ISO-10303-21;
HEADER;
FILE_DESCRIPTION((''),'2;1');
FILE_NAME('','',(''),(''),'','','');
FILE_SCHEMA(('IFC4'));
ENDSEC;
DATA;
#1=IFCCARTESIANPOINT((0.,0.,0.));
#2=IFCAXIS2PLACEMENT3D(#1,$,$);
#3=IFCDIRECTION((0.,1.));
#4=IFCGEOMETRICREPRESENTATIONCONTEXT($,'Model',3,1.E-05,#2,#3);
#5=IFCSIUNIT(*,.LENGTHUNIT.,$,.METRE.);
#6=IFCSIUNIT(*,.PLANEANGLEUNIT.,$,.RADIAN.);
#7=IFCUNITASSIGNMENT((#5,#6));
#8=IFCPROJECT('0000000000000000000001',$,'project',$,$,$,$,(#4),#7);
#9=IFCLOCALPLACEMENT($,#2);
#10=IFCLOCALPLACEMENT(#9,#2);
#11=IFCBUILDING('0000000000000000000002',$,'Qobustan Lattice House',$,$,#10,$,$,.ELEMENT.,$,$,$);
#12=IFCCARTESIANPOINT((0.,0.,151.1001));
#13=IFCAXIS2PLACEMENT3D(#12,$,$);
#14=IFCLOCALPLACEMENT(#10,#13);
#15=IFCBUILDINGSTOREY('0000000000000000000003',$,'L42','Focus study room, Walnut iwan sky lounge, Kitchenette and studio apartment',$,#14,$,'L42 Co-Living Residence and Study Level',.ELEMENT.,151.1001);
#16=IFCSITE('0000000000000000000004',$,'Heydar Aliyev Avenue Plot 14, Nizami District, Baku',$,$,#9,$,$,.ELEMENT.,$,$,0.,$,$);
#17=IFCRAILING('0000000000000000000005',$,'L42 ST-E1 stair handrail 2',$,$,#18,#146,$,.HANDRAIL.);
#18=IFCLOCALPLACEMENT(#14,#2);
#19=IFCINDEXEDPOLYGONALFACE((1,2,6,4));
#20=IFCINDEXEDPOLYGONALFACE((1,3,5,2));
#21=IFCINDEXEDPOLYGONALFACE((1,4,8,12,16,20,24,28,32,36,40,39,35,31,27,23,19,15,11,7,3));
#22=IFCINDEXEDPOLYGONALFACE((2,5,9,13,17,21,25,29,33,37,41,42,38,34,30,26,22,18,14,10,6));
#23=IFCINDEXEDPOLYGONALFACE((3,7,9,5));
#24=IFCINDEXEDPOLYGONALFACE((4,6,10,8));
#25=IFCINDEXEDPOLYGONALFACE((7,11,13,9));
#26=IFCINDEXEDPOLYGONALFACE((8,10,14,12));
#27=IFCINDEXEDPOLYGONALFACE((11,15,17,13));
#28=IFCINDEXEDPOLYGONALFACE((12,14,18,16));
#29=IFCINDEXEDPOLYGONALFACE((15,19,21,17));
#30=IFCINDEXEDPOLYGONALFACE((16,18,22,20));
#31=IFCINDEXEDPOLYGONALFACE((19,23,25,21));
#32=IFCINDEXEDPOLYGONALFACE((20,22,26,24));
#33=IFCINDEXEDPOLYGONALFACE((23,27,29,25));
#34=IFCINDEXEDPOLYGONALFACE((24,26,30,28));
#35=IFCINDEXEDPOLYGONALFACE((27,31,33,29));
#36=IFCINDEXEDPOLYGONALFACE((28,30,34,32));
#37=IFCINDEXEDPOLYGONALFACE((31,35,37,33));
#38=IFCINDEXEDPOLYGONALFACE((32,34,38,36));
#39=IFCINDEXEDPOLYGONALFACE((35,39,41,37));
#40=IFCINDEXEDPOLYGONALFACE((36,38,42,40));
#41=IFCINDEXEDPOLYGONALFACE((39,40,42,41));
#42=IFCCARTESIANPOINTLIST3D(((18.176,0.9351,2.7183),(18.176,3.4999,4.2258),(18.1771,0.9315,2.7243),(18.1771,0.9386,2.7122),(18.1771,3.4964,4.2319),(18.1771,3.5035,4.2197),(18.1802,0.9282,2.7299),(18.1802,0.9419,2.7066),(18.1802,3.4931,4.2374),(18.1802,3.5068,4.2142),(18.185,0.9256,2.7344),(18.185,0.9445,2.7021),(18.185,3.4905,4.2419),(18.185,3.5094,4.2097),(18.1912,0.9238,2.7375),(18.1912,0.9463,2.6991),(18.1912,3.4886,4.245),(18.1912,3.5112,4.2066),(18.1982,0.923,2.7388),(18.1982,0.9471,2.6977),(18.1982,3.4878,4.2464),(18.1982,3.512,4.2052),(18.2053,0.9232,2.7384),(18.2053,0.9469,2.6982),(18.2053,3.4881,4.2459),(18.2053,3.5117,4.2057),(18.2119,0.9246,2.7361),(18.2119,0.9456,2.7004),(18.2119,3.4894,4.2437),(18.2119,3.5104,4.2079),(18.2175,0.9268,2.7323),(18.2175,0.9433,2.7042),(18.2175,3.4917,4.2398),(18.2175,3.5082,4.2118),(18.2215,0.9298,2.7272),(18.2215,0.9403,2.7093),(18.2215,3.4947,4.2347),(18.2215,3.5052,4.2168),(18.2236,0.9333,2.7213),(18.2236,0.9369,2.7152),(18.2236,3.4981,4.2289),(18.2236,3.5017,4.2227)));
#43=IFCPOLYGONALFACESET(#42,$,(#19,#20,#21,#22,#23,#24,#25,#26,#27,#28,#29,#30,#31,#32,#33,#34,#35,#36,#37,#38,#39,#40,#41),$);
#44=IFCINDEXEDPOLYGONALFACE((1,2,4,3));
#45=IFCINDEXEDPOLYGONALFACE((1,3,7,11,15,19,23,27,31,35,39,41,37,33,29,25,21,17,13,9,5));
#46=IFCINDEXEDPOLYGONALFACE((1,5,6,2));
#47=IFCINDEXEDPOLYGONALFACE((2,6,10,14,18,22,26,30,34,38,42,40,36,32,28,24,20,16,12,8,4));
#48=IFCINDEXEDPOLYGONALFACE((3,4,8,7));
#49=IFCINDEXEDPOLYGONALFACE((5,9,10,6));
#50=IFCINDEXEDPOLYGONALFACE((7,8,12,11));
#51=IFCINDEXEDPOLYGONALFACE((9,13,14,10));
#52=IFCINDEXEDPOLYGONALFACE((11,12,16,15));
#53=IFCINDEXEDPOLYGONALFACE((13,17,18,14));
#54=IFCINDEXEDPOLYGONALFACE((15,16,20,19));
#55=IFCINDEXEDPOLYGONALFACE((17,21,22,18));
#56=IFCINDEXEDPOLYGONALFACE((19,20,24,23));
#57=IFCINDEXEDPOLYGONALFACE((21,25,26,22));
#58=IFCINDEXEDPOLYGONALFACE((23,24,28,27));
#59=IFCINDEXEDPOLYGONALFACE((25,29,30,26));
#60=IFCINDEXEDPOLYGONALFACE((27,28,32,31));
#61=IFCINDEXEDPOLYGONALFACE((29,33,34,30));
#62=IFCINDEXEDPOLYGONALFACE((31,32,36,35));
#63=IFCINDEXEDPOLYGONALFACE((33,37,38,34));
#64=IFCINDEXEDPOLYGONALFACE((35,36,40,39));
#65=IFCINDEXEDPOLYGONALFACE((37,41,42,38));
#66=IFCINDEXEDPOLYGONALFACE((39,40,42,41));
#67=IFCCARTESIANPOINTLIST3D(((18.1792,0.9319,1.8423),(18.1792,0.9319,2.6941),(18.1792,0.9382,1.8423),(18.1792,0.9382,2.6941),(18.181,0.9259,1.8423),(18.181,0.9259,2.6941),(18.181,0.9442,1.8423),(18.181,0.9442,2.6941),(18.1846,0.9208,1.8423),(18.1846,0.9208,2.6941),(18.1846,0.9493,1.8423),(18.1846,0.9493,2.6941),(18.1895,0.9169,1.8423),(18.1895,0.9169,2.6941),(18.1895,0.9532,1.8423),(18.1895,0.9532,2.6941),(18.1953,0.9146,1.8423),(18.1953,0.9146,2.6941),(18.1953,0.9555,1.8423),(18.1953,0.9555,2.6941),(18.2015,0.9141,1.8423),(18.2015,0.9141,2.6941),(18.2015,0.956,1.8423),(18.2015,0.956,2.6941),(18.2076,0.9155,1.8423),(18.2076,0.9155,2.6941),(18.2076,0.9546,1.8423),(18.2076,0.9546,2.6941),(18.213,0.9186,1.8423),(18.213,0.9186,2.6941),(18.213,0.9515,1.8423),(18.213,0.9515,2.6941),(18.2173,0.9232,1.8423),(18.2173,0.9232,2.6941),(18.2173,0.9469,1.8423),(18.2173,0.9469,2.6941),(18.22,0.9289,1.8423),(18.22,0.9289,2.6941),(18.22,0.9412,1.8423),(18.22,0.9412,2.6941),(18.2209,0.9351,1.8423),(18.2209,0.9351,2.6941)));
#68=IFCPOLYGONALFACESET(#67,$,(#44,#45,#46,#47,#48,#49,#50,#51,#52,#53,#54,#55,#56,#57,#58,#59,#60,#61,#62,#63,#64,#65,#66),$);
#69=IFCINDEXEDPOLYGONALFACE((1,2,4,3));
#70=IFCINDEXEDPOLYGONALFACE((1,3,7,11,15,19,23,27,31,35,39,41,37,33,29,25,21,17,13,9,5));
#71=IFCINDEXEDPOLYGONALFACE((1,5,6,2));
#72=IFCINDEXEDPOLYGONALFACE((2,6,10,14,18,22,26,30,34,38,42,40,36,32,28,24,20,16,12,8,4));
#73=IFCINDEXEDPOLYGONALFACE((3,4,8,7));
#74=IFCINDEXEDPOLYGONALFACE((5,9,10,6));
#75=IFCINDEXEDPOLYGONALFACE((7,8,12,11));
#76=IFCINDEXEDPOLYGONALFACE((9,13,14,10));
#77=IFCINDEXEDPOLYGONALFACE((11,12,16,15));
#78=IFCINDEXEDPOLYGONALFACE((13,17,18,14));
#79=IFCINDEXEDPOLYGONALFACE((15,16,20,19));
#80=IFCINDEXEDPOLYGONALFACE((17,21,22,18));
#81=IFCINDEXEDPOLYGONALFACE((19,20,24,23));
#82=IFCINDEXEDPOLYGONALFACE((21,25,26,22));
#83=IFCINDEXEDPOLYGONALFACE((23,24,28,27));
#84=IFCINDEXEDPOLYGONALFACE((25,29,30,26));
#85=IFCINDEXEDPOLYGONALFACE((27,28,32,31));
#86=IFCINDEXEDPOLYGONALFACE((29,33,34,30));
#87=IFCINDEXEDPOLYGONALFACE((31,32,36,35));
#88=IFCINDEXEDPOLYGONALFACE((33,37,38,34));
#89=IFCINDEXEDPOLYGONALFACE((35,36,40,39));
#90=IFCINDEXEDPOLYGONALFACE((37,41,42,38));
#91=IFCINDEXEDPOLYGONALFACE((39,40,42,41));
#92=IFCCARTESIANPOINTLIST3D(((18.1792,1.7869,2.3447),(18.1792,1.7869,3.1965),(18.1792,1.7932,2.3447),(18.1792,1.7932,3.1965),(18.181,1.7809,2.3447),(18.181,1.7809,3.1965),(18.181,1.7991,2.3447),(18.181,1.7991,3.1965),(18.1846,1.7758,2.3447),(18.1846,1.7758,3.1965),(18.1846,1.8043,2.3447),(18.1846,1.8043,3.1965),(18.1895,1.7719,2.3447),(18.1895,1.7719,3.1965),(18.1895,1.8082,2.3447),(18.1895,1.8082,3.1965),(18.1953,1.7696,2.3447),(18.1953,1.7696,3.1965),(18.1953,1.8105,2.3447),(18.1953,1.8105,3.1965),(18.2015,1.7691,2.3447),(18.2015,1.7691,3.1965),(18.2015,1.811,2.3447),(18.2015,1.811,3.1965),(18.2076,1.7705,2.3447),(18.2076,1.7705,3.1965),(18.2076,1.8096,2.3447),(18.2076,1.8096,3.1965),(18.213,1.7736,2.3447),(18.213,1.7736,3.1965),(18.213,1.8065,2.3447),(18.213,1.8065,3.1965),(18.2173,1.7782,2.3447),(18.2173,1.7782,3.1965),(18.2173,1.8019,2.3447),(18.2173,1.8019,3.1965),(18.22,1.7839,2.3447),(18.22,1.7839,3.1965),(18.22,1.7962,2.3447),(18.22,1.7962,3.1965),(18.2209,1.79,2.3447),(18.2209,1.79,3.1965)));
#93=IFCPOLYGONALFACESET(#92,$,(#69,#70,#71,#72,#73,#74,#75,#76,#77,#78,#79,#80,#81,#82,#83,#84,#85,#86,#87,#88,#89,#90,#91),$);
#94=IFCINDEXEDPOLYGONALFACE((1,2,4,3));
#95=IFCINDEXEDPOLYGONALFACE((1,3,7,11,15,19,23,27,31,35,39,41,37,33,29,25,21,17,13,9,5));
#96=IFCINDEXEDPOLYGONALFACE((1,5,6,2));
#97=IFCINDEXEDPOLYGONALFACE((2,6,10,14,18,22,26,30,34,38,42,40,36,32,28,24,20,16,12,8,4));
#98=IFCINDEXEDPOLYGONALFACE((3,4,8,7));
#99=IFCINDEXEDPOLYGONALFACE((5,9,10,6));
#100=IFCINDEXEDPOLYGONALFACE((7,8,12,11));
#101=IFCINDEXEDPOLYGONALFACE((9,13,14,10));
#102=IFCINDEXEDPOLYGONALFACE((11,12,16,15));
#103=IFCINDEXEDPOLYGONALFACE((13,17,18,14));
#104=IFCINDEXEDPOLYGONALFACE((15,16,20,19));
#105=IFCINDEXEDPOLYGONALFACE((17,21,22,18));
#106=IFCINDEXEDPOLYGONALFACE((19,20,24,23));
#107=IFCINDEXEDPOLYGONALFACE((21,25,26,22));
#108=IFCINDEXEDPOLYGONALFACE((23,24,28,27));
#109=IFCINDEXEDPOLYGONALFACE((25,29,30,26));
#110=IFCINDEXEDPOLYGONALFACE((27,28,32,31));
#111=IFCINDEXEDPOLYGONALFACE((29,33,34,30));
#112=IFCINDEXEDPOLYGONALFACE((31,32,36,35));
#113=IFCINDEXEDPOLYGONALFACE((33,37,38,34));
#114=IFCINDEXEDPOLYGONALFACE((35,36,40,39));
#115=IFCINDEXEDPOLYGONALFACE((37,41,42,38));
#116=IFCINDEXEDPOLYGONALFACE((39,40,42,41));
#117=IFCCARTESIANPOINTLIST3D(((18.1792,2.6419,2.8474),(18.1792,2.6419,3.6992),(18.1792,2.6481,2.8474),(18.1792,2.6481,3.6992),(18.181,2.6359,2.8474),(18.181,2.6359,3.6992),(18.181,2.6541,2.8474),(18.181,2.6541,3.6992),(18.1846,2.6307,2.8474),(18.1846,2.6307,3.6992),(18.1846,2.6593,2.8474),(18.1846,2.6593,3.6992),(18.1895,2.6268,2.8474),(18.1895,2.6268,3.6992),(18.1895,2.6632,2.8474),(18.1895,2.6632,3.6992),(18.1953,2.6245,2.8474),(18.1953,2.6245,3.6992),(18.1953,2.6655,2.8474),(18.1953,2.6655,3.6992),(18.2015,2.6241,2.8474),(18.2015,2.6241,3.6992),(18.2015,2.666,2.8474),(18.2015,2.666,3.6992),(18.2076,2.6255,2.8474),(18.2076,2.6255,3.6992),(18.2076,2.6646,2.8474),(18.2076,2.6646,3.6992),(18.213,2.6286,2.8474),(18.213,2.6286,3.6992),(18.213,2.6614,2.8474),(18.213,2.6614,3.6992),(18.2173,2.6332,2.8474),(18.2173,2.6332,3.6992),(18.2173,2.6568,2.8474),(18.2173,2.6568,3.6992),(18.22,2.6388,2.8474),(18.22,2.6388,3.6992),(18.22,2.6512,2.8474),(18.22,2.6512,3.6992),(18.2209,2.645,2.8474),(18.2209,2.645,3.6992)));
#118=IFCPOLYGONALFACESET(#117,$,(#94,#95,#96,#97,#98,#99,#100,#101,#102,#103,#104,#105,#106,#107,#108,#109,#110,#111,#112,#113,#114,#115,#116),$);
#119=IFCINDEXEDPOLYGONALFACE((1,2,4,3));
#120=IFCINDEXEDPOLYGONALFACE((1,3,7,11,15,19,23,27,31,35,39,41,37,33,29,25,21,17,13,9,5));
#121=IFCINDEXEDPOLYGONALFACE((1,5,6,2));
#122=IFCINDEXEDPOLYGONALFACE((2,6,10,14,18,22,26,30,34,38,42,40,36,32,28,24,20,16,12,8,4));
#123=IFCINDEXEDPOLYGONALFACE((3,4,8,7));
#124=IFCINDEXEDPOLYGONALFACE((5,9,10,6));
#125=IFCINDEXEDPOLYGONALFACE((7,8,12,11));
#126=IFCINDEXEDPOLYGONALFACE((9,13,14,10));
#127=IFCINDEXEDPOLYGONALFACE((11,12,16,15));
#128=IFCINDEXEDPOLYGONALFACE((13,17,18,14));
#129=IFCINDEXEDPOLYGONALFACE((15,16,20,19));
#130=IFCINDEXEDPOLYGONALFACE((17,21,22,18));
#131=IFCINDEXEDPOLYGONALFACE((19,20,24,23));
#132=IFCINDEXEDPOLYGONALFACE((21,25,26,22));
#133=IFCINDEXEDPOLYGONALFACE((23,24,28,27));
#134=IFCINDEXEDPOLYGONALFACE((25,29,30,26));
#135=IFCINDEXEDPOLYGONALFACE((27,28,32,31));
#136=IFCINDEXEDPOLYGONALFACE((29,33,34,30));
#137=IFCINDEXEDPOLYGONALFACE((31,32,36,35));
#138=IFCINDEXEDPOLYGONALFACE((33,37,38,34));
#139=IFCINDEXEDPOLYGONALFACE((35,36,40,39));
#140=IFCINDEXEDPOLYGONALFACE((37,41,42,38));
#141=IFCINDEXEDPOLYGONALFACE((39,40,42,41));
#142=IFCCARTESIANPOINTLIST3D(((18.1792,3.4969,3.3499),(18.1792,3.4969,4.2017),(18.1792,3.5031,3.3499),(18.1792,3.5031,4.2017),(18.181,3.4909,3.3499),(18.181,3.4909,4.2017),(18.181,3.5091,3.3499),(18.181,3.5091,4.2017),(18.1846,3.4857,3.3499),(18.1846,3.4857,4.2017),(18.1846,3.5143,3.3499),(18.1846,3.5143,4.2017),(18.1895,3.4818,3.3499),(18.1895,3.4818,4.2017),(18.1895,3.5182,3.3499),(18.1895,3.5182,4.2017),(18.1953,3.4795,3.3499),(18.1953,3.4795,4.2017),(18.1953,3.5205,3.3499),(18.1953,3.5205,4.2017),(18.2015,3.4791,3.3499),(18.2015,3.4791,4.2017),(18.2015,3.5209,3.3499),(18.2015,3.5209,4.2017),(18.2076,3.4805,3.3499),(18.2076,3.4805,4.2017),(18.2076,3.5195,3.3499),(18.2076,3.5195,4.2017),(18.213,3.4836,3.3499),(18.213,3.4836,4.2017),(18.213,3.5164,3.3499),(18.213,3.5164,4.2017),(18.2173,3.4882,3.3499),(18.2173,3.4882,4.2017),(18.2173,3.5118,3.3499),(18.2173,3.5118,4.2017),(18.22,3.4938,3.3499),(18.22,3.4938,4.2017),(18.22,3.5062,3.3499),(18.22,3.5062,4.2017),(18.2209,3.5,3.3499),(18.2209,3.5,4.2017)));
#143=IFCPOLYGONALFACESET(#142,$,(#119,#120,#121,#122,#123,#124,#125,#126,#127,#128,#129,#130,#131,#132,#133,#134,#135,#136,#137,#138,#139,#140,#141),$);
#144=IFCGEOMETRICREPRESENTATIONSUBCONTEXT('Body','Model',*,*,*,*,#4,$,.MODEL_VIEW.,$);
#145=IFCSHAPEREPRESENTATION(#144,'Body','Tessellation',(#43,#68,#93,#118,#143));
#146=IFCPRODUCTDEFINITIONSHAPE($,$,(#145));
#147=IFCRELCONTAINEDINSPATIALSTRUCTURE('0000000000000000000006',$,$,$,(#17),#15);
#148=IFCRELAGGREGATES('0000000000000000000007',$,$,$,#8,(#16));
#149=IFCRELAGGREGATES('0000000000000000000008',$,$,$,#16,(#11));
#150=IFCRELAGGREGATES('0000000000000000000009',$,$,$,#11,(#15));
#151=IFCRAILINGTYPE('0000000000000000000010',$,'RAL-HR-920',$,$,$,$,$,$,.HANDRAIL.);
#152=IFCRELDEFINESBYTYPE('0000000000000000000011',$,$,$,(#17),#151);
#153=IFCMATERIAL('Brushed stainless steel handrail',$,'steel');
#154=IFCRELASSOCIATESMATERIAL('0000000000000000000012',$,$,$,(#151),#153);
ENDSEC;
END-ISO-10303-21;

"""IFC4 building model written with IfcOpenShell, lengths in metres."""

from ifc_helpers import new_model, si_unit, direction, frame, origin, origin_2d, place, context, subcontext, project, spatial, circle, extrude, material, type_object, element, save


model = new_model("IFC4")

# Units and contexts
model_context = context("Model", 3, precision=1e-05, world=origin(), true_north=direction((0.0, 1.0)))
body_context = subcontext(model_context, "Body", "Model", "MODEL_VIEW")
ifc_project = project(units=[si_unit("LENGTHUNIT", "METRE"), si_unit("PLANEANGLEUNIT", "RADIAN")], contexts=[model_context])

# Site, building, storey
site_placement = place(None, origin())
site = spatial("IfcSite", under=ifc_project, at=site_placement, Name="Heydar Aliyev Avenue Plot 14, Nizami District, Baku", CompositionType="ELEMENT", RefElevation=0.0)
building_placement = place(site_placement, origin())
building = spatial("IfcBuilding", under=site, at=building_placement, Name="Qobustan Lattice House", CompositionType="ELEMENT")
storey_placement = place(building_placement, frame((0.0, 0.0, 151.1001)))
storey = spatial("IfcBuildingStorey", under=building, at=storey_placement, Name="L42", Description="Focus study room, Walnut iwan sky lounge, Kitchenette and studio apartment", LongName="L42 Co-Living Residence and Study Level", CompositionType="ELEMENT", Elevation=151.1001)

# Railing
ifc_material_1 = material(Name="Brushed stainless steel handrail", Category="steel")
railing_type_1 = type_object("IfcRailingType", Name="RAL-HR-920", PredefinedType="HANDRAIL", material=ifc_material_1)
railing_1_placement = place(storey_placement, frame((18.2, 0.9351, 1.8423)))
element("IfcRailing", 1, at=railing_1_placement, inside=storey, type_object=railing_type_1, Name="L42 ST-E1 stair handrail 2", PredefinedType="HANDRAIL", context=body_context, shape_type="SweptSolid", body=[
    extrude(circle(Radius=0.0239, at=origin_2d()), frame((0.0, 0.0, 0.876), z_axis=(0.0, 0.862113, 0.506715), x_axis=(-1.0, 0.0, 0.0)), (0.0, 0.0, 1.0), 2.9751),
    extrude(circle(Radius=0.021, at=origin_2d()), origin(), (0.0, 0.0, 1.0), 0.8518),
    extrude(circle(Radius=0.021, at=origin_2d()), frame((0.0, 0.855, 0.5024)), (0.0, 0.0, 1.0), 0.8518),
    extrude(circle(Radius=0.021, at=origin_2d()), frame((0.0, 1.71, 1.0051)), (0.0, 0.0, 1.0), 0.8518),
    extrude(circle(Radius=0.021, at=origin_2d()), frame((0.0, 2.5649, 1.5076)), (0.0, 0.0, 1.0), 0.8518),
])

save(model, "model.ifc")
